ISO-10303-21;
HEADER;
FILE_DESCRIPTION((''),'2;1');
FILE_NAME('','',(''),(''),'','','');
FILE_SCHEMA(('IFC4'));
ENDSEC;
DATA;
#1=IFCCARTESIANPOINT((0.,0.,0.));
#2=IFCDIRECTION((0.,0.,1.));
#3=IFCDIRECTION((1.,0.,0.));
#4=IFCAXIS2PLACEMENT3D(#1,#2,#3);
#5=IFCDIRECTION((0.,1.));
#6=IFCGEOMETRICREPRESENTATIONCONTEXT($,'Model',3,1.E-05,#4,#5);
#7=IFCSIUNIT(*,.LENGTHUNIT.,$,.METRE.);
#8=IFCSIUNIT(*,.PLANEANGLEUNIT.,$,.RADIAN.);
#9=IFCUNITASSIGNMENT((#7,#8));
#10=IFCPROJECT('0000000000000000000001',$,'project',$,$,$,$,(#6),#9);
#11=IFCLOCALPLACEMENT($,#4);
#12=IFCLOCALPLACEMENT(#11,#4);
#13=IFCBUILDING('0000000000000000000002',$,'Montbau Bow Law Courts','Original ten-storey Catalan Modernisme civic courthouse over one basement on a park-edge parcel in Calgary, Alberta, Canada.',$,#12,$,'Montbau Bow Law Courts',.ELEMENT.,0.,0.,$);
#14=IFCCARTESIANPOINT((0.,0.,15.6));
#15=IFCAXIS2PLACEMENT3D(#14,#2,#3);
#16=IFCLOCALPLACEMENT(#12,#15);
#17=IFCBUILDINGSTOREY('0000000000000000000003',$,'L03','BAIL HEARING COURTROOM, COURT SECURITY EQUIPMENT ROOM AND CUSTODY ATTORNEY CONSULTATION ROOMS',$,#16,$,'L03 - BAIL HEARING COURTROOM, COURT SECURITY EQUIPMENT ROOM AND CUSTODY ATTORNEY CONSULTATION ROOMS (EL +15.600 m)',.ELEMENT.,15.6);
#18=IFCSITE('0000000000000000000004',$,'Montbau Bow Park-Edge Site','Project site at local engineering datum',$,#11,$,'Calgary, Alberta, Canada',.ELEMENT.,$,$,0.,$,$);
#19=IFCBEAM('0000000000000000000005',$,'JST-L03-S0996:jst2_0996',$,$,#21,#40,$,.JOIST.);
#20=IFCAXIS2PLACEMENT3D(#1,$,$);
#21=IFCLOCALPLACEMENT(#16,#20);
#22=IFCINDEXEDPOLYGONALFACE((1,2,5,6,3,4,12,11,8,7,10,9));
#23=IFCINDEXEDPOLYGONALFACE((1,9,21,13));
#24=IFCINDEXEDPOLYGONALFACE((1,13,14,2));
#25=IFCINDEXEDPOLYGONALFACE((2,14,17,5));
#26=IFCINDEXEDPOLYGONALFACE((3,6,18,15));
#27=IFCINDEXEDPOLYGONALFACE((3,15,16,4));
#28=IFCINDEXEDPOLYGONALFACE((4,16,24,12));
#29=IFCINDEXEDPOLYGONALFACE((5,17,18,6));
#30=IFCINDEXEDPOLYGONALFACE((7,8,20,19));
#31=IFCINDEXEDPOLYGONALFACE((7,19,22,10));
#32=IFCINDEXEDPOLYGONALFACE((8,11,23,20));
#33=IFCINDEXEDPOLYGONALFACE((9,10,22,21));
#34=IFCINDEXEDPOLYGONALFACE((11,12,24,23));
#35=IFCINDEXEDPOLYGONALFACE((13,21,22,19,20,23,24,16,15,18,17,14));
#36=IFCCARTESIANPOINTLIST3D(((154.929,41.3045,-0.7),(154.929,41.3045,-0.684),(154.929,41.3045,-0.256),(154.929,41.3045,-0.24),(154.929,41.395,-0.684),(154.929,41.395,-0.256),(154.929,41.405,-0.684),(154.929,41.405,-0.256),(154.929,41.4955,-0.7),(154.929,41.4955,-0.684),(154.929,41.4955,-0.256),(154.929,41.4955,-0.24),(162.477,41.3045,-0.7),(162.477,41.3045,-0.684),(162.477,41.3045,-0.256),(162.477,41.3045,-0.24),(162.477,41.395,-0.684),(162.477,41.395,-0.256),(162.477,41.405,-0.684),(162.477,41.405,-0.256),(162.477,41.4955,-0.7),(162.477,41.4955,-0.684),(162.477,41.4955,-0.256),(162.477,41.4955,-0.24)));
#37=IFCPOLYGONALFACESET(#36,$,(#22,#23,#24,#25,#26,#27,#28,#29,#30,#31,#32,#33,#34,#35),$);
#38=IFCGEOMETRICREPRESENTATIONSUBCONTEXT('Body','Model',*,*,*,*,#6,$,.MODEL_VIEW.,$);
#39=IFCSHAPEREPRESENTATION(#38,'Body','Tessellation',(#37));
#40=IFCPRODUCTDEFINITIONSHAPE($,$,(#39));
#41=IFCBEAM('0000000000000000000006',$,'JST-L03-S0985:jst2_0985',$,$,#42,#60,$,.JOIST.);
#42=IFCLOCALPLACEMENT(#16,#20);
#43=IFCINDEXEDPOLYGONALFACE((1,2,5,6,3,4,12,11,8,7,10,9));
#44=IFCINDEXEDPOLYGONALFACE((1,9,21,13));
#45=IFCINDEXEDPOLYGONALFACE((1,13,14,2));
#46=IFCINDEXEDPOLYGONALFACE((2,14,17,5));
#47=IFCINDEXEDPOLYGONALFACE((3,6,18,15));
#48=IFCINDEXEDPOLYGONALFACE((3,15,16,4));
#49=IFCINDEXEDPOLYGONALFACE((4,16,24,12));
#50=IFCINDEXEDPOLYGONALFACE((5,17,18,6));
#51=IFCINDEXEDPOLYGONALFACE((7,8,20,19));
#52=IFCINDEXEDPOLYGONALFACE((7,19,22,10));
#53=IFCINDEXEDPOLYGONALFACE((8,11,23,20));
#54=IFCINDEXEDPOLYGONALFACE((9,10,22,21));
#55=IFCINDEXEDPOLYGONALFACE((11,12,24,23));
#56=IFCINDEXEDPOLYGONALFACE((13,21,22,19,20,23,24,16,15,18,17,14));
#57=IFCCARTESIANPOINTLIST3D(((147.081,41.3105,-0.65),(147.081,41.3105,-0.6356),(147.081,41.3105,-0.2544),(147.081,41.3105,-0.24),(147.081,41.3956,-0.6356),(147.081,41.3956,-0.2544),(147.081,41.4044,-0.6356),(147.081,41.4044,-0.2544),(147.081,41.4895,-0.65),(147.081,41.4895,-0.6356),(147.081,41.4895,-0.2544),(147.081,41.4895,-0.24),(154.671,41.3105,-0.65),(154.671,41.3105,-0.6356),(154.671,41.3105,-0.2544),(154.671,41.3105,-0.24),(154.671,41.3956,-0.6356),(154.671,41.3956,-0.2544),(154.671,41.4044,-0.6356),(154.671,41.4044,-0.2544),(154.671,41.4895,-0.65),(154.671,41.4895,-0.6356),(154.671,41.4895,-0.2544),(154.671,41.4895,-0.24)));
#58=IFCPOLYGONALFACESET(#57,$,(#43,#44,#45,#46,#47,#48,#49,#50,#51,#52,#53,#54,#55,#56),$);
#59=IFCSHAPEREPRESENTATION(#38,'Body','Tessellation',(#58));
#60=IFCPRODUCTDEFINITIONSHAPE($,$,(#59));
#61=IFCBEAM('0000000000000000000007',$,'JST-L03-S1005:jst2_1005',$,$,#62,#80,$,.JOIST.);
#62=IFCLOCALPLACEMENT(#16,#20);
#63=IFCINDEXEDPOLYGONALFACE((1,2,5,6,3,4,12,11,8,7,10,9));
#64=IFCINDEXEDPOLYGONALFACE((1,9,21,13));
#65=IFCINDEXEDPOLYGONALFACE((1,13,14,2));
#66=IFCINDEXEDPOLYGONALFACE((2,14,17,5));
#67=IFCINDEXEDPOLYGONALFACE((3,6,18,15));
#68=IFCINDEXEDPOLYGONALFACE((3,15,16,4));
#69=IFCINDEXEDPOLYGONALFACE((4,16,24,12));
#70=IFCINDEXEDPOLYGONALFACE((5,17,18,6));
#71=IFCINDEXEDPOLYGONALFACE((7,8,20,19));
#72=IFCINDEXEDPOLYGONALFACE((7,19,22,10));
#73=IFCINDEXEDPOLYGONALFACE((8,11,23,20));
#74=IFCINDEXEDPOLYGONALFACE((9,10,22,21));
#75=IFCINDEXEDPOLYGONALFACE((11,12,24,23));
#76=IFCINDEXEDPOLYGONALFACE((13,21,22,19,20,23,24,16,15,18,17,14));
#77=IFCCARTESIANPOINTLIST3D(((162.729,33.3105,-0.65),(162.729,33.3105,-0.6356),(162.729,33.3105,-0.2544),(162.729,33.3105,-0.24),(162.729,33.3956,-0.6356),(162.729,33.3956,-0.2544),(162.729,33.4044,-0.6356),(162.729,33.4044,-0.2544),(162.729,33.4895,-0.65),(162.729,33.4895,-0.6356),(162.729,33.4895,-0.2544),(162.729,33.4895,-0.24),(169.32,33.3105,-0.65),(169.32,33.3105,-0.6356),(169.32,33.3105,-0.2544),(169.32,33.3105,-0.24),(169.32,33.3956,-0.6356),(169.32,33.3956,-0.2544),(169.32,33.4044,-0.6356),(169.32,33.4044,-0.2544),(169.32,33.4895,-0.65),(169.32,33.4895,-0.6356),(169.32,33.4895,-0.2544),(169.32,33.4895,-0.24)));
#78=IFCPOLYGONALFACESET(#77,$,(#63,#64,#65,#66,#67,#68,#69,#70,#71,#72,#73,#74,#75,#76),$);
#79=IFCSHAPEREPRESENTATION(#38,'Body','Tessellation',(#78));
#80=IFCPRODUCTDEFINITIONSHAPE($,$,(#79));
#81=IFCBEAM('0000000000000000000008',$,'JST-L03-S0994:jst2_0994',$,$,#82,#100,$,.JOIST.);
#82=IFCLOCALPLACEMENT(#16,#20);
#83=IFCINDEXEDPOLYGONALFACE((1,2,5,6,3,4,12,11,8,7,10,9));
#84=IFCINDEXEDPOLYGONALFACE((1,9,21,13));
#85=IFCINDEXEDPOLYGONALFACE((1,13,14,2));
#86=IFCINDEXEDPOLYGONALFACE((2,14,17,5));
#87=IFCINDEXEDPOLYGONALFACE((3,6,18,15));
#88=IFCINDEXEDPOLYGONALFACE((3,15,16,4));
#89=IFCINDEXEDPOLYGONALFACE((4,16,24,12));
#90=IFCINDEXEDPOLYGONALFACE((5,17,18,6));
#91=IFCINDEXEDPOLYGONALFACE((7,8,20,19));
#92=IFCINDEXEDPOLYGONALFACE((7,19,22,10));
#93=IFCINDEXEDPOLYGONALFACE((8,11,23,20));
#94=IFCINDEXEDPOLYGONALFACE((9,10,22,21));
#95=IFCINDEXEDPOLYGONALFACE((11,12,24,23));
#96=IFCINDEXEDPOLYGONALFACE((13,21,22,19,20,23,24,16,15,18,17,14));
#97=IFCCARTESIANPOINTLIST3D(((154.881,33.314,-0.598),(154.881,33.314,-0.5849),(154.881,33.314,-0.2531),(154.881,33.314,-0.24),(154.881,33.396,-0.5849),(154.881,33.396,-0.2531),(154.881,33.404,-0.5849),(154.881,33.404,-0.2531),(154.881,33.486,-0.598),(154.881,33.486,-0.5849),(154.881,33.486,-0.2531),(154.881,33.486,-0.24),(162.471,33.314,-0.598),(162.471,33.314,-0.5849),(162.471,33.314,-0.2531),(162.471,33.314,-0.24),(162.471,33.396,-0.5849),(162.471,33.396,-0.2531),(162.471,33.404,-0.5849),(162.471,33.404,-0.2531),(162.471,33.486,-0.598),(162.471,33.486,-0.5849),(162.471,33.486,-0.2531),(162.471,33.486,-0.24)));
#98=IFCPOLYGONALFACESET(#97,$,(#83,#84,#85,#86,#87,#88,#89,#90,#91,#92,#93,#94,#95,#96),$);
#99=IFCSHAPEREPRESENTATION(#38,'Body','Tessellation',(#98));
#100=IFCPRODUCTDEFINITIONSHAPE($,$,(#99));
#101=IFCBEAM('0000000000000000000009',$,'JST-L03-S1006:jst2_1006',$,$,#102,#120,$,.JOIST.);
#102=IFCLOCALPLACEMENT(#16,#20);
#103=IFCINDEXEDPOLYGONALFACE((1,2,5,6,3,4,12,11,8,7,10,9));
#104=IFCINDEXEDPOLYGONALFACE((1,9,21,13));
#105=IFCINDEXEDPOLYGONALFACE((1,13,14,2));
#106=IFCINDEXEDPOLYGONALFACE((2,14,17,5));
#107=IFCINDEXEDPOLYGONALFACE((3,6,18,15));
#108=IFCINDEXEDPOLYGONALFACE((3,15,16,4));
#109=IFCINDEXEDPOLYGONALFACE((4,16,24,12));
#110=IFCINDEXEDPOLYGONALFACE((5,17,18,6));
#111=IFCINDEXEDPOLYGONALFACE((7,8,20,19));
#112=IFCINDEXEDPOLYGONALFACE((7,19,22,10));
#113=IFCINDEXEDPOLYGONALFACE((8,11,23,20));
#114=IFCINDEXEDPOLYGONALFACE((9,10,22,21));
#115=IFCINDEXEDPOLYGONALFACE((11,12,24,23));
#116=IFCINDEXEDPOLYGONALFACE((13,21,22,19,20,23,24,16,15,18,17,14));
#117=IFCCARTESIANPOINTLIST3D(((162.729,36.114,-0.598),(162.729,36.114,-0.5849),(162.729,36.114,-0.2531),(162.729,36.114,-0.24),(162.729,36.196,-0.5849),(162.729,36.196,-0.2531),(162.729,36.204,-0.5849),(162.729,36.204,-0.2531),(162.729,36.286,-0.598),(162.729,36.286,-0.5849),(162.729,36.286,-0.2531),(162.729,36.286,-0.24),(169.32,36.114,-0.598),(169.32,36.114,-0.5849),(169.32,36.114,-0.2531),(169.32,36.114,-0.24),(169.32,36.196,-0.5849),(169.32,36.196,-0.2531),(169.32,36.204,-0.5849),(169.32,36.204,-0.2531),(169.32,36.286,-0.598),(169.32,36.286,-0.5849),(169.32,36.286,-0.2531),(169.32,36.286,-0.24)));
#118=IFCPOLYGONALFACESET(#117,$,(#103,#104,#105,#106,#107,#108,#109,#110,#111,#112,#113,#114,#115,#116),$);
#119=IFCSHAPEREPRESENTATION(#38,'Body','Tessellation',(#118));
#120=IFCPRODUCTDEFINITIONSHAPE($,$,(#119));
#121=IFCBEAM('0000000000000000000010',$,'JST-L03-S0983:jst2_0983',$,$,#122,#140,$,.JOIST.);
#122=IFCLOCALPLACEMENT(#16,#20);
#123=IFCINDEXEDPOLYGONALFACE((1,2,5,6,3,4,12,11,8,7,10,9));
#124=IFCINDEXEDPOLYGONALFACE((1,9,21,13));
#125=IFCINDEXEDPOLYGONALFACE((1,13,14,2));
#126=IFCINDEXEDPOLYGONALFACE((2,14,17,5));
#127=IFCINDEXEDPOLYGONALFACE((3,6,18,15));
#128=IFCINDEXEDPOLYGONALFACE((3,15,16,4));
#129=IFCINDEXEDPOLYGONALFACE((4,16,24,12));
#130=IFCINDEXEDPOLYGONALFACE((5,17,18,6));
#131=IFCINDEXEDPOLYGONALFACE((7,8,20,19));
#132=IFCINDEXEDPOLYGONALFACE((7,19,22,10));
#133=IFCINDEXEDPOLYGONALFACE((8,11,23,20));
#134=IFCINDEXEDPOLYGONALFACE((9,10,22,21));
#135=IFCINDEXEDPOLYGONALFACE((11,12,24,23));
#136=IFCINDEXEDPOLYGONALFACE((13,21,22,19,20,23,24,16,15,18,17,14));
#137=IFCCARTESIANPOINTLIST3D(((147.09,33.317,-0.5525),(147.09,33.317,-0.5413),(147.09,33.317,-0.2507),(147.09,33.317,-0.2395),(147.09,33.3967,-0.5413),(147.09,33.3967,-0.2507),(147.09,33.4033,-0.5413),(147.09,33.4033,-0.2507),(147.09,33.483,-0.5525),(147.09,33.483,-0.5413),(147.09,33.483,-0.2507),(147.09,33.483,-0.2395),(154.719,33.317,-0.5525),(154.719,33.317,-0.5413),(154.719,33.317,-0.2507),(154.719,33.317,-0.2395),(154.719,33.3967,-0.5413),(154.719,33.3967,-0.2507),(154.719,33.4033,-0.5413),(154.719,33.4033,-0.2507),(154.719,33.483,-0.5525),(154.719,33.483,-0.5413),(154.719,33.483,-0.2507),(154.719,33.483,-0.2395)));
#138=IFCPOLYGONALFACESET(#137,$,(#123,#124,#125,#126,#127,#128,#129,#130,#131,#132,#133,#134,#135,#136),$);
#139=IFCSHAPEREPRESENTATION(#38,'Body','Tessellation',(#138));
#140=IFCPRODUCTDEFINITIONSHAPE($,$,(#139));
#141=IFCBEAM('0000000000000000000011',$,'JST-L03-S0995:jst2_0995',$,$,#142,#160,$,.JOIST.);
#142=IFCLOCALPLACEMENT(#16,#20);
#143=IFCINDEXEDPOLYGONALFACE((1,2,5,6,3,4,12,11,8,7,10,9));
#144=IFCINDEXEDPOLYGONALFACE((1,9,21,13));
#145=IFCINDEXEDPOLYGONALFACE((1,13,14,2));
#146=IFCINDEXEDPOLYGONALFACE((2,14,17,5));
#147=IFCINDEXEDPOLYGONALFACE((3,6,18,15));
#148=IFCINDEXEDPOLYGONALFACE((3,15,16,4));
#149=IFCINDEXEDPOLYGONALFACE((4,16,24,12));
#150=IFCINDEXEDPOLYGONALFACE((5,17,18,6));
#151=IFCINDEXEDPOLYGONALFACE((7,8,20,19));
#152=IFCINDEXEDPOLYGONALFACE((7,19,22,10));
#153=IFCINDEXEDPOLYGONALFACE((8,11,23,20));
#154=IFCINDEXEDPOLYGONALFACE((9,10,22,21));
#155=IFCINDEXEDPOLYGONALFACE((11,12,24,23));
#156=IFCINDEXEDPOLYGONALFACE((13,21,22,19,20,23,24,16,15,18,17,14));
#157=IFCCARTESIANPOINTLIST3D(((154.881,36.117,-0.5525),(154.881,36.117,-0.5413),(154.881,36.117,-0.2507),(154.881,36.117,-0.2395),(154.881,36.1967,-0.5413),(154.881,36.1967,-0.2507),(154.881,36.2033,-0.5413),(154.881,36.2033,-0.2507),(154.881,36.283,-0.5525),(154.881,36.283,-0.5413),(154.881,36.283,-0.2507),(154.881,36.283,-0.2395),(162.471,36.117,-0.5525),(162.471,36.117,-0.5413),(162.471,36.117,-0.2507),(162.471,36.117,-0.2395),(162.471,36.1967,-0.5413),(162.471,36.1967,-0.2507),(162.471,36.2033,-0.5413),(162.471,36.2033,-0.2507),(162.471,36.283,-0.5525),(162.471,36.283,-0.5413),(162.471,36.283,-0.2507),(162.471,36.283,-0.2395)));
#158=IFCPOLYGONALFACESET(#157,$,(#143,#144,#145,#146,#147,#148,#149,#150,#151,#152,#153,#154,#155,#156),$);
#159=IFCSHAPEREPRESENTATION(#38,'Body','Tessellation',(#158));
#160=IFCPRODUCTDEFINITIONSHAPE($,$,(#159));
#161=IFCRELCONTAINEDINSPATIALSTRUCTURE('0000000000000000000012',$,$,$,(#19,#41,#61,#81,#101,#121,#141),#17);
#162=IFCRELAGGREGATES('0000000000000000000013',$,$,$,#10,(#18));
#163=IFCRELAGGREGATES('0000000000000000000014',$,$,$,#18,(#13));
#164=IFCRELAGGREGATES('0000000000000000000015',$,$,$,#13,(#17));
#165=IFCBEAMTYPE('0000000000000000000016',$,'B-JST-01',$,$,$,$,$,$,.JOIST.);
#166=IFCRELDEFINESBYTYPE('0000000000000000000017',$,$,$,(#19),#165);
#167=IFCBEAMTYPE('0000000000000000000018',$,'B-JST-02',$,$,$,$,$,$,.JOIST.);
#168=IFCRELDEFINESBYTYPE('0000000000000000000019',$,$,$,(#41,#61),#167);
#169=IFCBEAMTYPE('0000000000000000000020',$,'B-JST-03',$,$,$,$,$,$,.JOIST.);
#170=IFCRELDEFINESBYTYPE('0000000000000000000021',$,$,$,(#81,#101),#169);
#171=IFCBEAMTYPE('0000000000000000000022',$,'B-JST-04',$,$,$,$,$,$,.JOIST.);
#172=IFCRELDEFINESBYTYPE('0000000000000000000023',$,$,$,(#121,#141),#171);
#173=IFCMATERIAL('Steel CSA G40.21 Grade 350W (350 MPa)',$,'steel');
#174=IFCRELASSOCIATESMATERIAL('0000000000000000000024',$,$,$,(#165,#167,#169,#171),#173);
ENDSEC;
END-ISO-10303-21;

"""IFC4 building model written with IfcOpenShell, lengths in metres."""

from ifc_helpers import new_model, si_unit, direction, frame, origin_with_axes, origin_2d_with_axis, place, context, subcontext, project, spatial, i_section, extrude, material, material_profile, profile_set, type_object, element, save


model = new_model("IFC4")

# Units and contexts
model_context = context("Model", 3, precision=1e-05, world=origin_with_axes(), true_north=direction((0.0, 1.0)))
body_context = subcontext(model_context, "Body", "Model", "MODEL_VIEW")
ifc_project = project(units=[si_unit("LENGTHUNIT", "METRE"), si_unit("PLANEANGLEUNIT", "RADIAN")], contexts=[model_context])

# Site, building, storey
site_placement = place(None, origin_with_axes())
site = spatial("IfcSite", under=ifc_project, at=site_placement, Name="Montbau Bow Park-Edge Site", Description="Project site at local engineering datum", LongName="Calgary, Alberta, Canada", CompositionType="ELEMENT", RefElevation=0.0)
building_placement = place(site_placement, origin_with_axes())
building = spatial("IfcBuilding", under=site, at=building_placement, Name="Montbau Bow Law Courts", Description="Original ten-storey Catalan Modernisme civic courthouse over one basement on a park-edge parcel in Calgary, Alberta, Canada.", LongName="Montbau Bow Law Courts", CompositionType="ELEMENT", ElevationOfRefHeight=0.0, ElevationOfTerrain=0.0)
storey_placement = place(building_placement, frame((0.0, 0.0, 15.6), z_axis=(0.0, 0.0, 1.0), x_axis=(1.0, 0.0, 0.0)))
storey = spatial("IfcBuildingStorey", under=building, at=storey_placement, Name="L03", Description="BAIL HEARING COURTROOM, COURT SECURITY EQUIPMENT ROOM AND CUSTODY ATTORNEY CONSULTATION ROOMS", LongName="L03 - BAIL HEARING COURTROOM, COURT SECURITY EQUIPMENT ROOM AND CUSTODY ATTORNEY CONSULTATION ROOMS (EL +15.600 m)", CompositionType="ELEMENT", Elevation=15.6)

# Shared definitions
ifc_material_1 = material(Name="Steel CSA G40.21 Grade 350W (350 MPa)", Category="steel")

# Beams
ifc_material_profile_1 = material_profile(ifc_material_1, i_section(OverallWidth=0.191, OverallDepth=0.46, WebThickness=0.0099, FlangeThickness=0.016, at=origin_2d_with_axis()), Name="W460X82", Category="Main", Priority=0)
ifc_profile_set_1 = profile_set([ifc_material_profile_1], Name="Steel CSA G40.21 Grade 350W (350 MPa)")
beam_type_1 = type_object("IfcBeamType", Name="B-JST-01", PredefinedType="JOIST", material=ifc_profile_set_1)
beam_1_placement = place(None, frame((154.929, 41.4, 15.13), z_axis=(1.0, 0.0, 0.0), x_axis=(0.0, 1.0, 0.0)))
element("IfcBeam", 1, at=beam_1_placement, inside=storey, type_object=beam_type_1, Name="JST-L03-S0996:jst2_0996", PredefinedType="JOIST", context=body_context, shape_type="SweptSolid", body=[
    extrude(i_section(OverallWidth=0.191, OverallDepth=0.46, WebThickness=0.0099, FlangeThickness=0.016, at=origin_2d_with_axis()), origin_with_axes(), (0.0, 0.0, 1.0), 7.548),
])
ifc_material_profile_2 = material_profile(ifc_material_1, i_section(OverallWidth=0.179, OverallDepth=0.41, WebThickness=0.0088, FlangeThickness=0.0144, at=origin_2d_with_axis()), Name="W410X67", Category="Main", Priority=0)
ifc_profile_set_2 = profile_set([ifc_material_profile_2], Name="Steel CSA G40.21 Grade 350W (350 MPa)")
beam_type_2 = type_object("IfcBeamType", Name="B-JST-02", PredefinedType="JOIST", material=ifc_profile_set_2)
beam_2_placement = place(None, frame((147.081, 41.4, 15.155), z_axis=(1.0, 0.0, 0.0), x_axis=(0.0, 1.0, 0.0)))
element("IfcBeam", 2, at=beam_2_placement, inside=storey, type_object=beam_type_2, Name="JST-L03-S0985:jst2_0985", PredefinedType="JOIST", context=body_context, shape_type="SweptSolid", body=[
    extrude(i_section(OverallWidth=0.179, OverallDepth=0.41, WebThickness=0.0088, FlangeThickness=0.0144, at=origin_2d_with_axis()), origin_with_axes(), (0.0, 0.0, 1.0), 7.59),
])
beam_3_placement = place(None, frame((162.729, 33.4, 15.155), z_axis=(1.0, 0.0, 0.0), x_axis=(0.0, 1.0, 0.0)))
element("IfcBeam", 3, at=beam_3_placement, inside=storey, type_object=beam_type_2, Name="JST-L03-S1005:jst2_1005", PredefinedType="JOIST", context=body_context, shape_type="SweptSolid", body=[
    extrude(i_section(OverallWidth=0.179, OverallDepth=0.41, WebThickness=0.0088, FlangeThickness=0.0144, at=origin_2d_with_axis()), origin_with_axes(), (0.0, 0.0, 1.0), 6.591),
])
ifc_material_profile_3 = material_profile(ifc_material_1, i_section(OverallWidth=0.172, OverallDepth=0.358, WebThickness=0.0079, FlangeThickness=0.0131, at=origin_2d_with_axis()), Name="W360X57", Category="Main", Priority=0)
ifc_profile_set_3 = profile_set([ifc_material_profile_3], Name="Steel CSA G40.21 Grade 350W (350 MPa)")
beam_type_3 = type_object("IfcBeamType", Name="B-JST-03", PredefinedType="JOIST", material=ifc_profile_set_3)
beam_4_placement = place(None, frame((154.881, 33.4, 15.181), z_axis=(1.0, 0.0, 0.0), x_axis=(0.0, 1.0, 0.0)))
element("IfcBeam", 4, at=beam_4_placement, inside=storey, type_object=beam_type_3, Name="JST-L03-S0994:jst2_0994", PredefinedType="JOIST", context=body_context, shape_type="SweptSolid", body=[
    extrude(i_section(OverallWidth=0.172, OverallDepth=0.358, WebThickness=0.0079, FlangeThickness=0.0131, at=origin_2d_with_axis()), origin_with_axes(), (0.0, 0.0, 1.0), 7.59),
])
beam_5_placement = place(None, frame((162.729, 36.2, 15.181), z_axis=(1.0, 0.0, 0.0), x_axis=(0.0, 1.0, 0.0)))
element("IfcBeam", 5, at=beam_5_placement, inside=storey, type_object=beam_type_3, Name="JST-L03-S1006:jst2_1006", PredefinedType="JOIST", context=body_context, shape_type="SweptSolid", body=[
    extrude(i_section(OverallWidth=0.172, OverallDepth=0.358, WebThickness=0.0079, FlangeThickness=0.0131, at=origin_2d_with_axis()), origin_with_axes(), (0.0, 0.0, 1.0), 6.591),
])
ifc_material_profile_4 = material_profile(ifc_material_1, i_section(OverallWidth=0.166, OverallDepth=0.313, WebThickness=0.0066, FlangeThickness=0.0112, at=origin_2d_with_axis()), Name="W310X45", Category="Main", Priority=0)
ifc_profile_set_4 = profile_set([ifc_material_profile_4], Name="Steel CSA G40.21 Grade 350W (350 MPa)")
beam_type_4 = type_object("IfcBeamType", Name="B-JST-04", PredefinedType="JOIST", material=ifc_profile_set_4)
beam_6_placement = place(None, frame((147.09, 33.4, 15.204), z_axis=(1.0, 0.0, 0.0), x_axis=(0.0, 1.0, 0.0)))
element("IfcBeam", 6, at=beam_6_placement, inside=storey, type_object=beam_type_4, Name="JST-L03-S0983:jst2_0983", PredefinedType="JOIST", context=body_context, shape_type="SweptSolid", body=[
    extrude(i_section(OverallWidth=0.166, OverallDepth=0.313, WebThickness=0.0066, FlangeThickness=0.0112, at=origin_2d_with_axis()), origin_with_axes(), (0.0, 0.0, 1.0), 7.629),
])
beam_7_placement = place(None, frame((154.881, 36.2, 15.204), z_axis=(1.0, 0.0, 0.0), x_axis=(0.0, 1.0, 0.0)))
element("IfcBeam", 7, at=beam_7_placement, inside=storey, type_object=beam_type_4, Name="JST-L03-S0995:jst2_0995", PredefinedType="JOIST", context=body_context, shape_type="SweptSolid", body=[
    extrude(i_section(OverallWidth=0.166, OverallDepth=0.313, WebThickness=0.0066, FlangeThickness=0.0112, at=origin_2d_with_axis()), origin_with_axes(), (0.0, 0.0, 1.0), 7.59),
])

save(model, "model.ifc")
